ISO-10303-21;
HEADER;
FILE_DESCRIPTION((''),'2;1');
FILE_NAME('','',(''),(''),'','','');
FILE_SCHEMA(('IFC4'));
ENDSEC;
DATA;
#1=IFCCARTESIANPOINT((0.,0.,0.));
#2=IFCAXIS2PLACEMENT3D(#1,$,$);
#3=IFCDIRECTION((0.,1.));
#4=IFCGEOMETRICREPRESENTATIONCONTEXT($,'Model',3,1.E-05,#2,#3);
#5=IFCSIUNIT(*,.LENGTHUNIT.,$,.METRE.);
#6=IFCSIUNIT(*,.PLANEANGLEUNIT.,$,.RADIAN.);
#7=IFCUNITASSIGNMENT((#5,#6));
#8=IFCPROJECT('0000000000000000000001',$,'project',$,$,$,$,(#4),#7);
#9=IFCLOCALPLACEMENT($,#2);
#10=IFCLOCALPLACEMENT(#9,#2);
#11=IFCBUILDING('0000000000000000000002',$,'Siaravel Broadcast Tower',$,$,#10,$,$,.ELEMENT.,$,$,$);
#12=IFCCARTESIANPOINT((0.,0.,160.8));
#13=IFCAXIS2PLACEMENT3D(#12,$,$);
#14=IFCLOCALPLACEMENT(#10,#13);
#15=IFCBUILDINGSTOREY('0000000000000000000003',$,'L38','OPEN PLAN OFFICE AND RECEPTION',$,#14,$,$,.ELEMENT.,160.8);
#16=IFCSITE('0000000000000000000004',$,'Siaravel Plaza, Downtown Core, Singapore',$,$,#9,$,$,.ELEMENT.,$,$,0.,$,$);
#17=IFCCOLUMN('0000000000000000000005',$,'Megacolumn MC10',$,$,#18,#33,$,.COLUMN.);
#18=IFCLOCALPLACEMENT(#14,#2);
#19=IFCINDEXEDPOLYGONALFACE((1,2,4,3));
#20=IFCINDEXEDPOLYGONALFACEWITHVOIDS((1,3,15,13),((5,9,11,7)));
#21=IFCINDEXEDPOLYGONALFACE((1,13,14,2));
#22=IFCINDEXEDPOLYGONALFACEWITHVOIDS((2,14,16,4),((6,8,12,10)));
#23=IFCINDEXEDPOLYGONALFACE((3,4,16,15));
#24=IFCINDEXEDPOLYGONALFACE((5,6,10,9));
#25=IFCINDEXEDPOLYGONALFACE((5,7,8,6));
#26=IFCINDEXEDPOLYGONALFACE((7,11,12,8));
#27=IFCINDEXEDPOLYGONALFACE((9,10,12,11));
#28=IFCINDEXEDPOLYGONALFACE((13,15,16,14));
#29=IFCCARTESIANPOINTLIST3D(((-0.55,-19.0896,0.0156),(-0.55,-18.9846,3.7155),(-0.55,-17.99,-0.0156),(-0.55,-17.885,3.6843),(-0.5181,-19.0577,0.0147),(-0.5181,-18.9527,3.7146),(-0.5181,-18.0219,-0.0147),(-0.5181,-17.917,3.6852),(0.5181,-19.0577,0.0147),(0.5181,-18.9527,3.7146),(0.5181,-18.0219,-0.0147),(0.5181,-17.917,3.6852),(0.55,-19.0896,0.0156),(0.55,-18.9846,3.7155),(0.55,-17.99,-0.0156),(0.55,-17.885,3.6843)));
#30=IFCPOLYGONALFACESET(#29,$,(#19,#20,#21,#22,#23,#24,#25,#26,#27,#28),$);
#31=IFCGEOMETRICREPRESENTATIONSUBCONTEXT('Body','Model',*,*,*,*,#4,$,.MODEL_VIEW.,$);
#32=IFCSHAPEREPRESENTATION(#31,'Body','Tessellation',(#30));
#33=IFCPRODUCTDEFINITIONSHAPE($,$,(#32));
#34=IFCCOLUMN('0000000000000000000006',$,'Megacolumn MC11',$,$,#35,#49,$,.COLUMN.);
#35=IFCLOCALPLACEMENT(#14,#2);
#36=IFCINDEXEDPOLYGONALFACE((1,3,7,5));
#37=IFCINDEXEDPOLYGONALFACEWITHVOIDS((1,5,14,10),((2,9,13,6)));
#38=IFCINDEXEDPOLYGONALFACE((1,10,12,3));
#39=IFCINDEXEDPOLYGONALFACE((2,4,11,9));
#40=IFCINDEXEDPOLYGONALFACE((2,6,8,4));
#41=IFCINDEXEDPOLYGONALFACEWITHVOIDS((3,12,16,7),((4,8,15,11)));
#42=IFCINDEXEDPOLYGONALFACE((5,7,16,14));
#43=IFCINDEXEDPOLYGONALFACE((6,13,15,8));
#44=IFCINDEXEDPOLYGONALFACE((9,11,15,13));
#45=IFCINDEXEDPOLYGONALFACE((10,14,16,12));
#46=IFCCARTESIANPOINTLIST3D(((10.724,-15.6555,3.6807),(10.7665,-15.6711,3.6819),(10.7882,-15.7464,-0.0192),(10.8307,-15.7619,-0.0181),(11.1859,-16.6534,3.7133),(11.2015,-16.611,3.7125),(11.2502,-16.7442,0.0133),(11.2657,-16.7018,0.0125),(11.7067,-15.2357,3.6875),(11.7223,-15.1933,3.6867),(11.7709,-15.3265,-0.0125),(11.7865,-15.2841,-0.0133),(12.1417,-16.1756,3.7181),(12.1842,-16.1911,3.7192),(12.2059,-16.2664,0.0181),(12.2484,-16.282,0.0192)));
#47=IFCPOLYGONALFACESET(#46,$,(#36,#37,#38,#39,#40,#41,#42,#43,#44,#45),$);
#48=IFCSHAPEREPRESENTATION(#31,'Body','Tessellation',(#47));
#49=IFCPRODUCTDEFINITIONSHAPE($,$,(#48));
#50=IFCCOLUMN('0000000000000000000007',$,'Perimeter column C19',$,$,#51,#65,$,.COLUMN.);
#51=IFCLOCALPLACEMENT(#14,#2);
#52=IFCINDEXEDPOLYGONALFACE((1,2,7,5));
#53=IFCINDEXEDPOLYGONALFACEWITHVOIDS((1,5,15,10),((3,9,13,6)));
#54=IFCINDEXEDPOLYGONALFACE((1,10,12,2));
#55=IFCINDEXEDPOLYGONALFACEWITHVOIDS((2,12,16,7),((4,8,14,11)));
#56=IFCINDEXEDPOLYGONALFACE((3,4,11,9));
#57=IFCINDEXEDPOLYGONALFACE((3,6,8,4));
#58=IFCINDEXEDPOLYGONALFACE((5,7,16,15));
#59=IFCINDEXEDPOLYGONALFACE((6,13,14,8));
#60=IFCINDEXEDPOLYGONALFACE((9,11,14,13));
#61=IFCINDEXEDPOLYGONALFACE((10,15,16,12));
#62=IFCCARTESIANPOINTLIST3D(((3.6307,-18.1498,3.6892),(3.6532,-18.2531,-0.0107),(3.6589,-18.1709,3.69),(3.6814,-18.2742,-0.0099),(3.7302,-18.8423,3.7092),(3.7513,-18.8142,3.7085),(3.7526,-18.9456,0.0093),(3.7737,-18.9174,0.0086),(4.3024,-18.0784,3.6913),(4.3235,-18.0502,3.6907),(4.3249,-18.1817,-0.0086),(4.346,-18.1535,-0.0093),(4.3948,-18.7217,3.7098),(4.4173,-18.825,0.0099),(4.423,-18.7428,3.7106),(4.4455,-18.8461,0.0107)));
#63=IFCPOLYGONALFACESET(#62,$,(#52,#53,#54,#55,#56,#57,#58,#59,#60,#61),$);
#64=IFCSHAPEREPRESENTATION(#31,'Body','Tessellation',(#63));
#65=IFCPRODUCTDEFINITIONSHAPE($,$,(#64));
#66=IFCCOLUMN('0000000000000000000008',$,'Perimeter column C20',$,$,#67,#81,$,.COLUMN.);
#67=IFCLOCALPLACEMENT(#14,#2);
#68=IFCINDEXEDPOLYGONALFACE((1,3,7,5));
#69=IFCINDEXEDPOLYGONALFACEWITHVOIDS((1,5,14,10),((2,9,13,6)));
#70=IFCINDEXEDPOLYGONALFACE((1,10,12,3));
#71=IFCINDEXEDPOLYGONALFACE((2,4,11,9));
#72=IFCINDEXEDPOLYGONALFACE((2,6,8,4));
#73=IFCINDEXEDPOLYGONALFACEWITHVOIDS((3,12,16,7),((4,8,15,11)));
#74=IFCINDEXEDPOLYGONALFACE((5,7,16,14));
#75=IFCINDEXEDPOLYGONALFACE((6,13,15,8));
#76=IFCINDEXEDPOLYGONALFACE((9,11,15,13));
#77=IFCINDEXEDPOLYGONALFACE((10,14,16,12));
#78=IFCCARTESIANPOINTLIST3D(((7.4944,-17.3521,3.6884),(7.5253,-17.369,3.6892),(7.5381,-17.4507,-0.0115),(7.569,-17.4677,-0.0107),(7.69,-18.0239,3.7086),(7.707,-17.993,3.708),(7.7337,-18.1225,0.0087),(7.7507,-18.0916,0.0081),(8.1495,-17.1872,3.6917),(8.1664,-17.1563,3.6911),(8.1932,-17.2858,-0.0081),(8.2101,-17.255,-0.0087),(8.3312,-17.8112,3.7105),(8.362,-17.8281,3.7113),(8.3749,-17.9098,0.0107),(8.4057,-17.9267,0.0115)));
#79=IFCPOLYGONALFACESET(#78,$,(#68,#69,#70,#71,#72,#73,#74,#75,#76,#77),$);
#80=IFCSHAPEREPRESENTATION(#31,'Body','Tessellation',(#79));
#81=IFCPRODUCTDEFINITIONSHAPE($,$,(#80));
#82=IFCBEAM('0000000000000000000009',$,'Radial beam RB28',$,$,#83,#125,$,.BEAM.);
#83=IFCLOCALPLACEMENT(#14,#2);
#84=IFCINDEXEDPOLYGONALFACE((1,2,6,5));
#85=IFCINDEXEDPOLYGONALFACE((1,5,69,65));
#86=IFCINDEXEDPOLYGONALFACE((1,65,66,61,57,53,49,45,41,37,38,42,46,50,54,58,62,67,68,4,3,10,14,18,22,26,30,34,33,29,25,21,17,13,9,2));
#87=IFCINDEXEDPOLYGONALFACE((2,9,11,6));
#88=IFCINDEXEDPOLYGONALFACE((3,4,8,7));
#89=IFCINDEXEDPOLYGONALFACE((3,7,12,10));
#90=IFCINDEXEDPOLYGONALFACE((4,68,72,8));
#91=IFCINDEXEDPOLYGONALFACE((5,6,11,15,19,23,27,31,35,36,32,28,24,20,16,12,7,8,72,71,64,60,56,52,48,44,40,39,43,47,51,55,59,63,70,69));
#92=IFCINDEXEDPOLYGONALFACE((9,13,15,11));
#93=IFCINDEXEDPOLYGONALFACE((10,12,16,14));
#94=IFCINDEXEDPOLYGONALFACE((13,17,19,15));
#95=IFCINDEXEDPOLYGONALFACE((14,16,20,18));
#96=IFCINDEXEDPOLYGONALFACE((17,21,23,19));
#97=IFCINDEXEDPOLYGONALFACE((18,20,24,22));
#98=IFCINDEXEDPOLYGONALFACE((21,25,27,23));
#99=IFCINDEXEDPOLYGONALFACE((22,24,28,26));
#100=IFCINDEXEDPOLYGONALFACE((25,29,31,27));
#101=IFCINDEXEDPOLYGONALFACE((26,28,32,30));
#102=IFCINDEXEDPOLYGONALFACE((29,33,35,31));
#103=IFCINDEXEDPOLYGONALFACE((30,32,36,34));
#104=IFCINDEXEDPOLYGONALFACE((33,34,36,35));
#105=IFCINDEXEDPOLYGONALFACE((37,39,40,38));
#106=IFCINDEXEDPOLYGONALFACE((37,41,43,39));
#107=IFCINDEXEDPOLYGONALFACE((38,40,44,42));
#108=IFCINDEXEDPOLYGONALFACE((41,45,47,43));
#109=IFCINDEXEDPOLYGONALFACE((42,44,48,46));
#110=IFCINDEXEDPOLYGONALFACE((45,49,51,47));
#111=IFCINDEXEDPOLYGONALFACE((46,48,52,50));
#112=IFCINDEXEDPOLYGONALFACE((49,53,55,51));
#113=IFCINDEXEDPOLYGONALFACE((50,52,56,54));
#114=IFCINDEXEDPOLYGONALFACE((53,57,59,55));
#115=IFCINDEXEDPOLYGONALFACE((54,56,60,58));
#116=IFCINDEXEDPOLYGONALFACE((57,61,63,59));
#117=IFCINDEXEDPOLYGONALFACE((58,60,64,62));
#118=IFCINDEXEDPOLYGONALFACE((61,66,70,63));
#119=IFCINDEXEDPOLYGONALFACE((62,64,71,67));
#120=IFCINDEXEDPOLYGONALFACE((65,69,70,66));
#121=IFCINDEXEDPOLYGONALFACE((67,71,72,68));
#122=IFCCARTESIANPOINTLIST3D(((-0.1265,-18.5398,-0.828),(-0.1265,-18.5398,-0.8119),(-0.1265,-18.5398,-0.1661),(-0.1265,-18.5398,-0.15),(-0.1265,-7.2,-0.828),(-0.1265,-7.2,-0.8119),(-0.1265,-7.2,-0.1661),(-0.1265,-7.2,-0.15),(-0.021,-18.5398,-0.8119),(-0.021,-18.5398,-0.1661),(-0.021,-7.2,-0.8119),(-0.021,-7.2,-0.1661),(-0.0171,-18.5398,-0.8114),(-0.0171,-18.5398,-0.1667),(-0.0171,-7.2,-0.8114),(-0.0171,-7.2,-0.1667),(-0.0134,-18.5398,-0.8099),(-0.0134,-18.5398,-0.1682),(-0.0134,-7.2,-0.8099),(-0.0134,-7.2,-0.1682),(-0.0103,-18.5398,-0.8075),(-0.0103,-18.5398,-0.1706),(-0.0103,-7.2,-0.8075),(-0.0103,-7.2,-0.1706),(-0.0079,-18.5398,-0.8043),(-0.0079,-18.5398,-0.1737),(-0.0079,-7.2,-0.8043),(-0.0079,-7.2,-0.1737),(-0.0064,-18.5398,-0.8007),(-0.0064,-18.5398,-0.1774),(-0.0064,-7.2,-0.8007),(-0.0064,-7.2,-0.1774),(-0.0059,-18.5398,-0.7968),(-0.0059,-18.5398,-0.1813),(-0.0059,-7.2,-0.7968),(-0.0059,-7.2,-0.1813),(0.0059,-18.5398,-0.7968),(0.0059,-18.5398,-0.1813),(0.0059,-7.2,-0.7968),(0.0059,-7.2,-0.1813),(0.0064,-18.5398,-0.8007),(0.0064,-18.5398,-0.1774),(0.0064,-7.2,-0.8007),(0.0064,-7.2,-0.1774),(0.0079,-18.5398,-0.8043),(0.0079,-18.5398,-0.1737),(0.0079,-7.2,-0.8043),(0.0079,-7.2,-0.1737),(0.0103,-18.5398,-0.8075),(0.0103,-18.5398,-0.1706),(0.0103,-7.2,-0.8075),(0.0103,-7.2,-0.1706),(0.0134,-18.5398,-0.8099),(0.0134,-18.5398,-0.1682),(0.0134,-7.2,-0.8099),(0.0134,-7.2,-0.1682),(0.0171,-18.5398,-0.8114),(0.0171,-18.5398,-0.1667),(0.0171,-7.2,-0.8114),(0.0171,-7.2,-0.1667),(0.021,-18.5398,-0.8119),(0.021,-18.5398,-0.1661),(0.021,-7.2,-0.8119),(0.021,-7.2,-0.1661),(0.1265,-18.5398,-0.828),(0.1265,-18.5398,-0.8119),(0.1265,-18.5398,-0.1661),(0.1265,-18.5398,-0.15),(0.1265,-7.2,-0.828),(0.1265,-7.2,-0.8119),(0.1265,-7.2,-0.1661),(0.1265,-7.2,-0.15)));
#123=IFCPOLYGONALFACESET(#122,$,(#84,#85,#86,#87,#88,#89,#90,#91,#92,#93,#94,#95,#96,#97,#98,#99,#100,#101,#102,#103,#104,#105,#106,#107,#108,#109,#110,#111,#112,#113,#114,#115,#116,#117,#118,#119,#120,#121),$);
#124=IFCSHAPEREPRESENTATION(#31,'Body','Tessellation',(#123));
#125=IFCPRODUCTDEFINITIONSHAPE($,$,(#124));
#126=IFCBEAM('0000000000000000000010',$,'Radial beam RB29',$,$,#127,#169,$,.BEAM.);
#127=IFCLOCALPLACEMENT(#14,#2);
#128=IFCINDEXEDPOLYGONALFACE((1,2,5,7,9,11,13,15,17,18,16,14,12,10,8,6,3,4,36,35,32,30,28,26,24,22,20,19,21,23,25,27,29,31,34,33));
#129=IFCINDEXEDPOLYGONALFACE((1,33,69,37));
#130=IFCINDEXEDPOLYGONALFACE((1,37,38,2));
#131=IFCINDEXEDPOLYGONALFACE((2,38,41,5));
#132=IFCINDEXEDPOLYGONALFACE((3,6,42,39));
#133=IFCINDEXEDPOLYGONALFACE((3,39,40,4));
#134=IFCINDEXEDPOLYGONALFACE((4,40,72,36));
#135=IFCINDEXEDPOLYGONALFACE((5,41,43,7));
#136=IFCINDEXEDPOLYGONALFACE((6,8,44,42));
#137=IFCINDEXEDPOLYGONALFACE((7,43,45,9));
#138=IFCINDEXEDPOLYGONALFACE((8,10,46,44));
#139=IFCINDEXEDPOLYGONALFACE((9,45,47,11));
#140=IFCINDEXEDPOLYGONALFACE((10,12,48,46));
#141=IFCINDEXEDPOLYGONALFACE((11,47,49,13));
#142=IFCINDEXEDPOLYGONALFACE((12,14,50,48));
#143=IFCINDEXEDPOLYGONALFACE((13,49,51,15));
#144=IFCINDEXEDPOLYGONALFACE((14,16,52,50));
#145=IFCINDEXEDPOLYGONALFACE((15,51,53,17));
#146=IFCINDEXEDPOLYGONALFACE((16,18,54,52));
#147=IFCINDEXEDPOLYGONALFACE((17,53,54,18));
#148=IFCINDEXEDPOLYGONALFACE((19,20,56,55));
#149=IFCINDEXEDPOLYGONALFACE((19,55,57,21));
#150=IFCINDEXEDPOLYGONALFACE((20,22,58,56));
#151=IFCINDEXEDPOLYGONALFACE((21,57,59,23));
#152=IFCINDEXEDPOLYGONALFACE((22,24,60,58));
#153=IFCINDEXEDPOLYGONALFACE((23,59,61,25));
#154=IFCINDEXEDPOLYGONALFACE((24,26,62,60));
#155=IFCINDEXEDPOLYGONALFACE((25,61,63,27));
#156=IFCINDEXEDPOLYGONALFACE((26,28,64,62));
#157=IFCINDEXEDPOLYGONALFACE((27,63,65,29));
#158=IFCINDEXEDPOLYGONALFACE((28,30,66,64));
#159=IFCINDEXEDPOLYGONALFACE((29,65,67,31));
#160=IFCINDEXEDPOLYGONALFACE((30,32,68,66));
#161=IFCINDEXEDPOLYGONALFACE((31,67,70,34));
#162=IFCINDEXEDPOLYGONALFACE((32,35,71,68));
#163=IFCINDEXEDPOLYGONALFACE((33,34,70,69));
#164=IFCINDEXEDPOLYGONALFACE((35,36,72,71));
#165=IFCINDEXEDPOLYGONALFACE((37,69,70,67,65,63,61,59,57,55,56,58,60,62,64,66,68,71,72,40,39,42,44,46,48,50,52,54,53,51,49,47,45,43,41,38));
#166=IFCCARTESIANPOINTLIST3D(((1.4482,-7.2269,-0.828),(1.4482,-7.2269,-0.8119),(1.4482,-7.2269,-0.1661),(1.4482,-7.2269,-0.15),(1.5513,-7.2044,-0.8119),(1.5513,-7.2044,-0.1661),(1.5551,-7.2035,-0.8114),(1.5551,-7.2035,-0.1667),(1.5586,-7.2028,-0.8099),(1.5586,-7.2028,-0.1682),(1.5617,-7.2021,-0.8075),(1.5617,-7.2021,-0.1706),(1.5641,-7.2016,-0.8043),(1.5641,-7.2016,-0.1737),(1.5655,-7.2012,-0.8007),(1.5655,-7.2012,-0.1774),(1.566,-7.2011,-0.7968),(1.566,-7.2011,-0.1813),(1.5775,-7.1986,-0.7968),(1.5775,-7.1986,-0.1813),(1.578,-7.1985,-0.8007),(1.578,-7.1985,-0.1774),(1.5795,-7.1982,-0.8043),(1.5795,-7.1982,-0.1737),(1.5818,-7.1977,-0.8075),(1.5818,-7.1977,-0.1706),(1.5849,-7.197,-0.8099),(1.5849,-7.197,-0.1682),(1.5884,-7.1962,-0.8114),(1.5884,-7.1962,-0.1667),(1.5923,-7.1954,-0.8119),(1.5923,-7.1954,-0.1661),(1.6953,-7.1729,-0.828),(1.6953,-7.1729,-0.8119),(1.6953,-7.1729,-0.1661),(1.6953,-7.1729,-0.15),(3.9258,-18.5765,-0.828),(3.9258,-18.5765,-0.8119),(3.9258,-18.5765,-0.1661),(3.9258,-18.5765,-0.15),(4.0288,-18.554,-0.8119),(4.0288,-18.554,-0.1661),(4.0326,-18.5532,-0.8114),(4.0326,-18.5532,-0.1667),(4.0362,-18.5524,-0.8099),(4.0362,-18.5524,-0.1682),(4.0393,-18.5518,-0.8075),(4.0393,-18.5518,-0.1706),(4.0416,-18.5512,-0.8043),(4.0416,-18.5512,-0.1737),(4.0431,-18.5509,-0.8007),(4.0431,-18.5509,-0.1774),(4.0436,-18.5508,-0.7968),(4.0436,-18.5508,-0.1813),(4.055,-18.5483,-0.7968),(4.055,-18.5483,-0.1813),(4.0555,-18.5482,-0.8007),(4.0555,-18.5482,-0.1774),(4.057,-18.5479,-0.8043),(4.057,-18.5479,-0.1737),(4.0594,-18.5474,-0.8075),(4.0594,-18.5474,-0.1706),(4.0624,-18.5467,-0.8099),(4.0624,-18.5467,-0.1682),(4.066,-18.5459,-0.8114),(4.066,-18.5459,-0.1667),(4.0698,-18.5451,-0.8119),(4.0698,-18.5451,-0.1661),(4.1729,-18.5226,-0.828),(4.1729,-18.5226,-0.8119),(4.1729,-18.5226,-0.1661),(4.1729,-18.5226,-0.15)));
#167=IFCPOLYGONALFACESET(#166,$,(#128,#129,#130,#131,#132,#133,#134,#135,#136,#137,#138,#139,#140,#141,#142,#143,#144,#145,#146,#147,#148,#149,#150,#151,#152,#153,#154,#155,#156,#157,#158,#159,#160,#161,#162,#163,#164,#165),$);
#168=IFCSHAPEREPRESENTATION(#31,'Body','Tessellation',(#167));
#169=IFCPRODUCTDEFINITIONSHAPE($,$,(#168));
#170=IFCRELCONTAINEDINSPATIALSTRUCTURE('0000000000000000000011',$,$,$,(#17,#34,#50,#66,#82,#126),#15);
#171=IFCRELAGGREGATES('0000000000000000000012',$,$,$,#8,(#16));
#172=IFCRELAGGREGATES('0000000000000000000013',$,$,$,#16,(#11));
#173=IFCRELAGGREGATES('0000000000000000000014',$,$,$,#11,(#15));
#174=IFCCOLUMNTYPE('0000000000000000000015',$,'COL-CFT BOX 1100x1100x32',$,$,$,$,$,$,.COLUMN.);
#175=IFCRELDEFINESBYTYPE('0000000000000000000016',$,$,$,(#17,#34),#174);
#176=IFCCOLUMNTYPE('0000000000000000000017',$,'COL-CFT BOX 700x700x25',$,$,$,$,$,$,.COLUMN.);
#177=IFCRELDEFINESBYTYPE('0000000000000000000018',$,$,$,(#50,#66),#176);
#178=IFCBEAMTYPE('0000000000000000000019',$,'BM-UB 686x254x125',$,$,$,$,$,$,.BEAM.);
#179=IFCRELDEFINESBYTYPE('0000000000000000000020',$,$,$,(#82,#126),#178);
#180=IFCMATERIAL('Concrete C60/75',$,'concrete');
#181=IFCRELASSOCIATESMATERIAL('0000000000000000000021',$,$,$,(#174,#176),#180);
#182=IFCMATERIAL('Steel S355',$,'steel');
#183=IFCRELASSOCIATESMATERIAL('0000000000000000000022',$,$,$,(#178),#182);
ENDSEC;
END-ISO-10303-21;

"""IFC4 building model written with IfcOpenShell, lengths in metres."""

from ifc_helpers import new_model, si_unit, direction, frame, origin, origin_2d, place, context, subcontext, project, spatial, hollow_rectangle, i_section, extrude, material, material_profile, profile_set, type_object, element, save


model = new_model("IFC4")

# Units and contexts
model_context = context("Model", 3, precision=1e-05, world=origin(), true_north=direction((0.0, 1.0)))
body_context = subcontext(model_context, "Body", "Model", "MODEL_VIEW")
ifc_project = project(units=[si_unit("LENGTHUNIT", "METRE"), si_unit("PLANEANGLEUNIT", "RADIAN")], contexts=[model_context])

# Site, building, storey
site_placement = place(None, origin())
site = spatial("IfcSite", under=ifc_project, at=site_placement, Name="Siaravel Plaza, Downtown Core, Singapore", CompositionType="ELEMENT", RefElevation=0.0)
building_placement = place(site_placement, origin())
building = spatial("IfcBuilding", under=site, at=building_placement, Name="Siaravel Broadcast Tower", CompositionType="ELEMENT")
storey_placement = place(building_placement, frame((0.0, 0.0, 160.8)))
storey = spatial("IfcBuildingStorey", under=building, at=storey_placement, Name="L38", Description="OPEN PLAN OFFICE AND RECEPTION", CompositionType="ELEMENT", Elevation=160.8)

# Columns
ifc_material_1 = material(Name="Concrete C60/75", Category="concrete")
ifc_material_profile_1 = material_profile(ifc_material_1, hollow_rectangle(XDim=1.1001, YDim=1.1001, WallThickness=0.032, at=origin_2d()))
ifc_profile_set_1 = profile_set([ifc_material_profile_1], Name="Concrete C60/75")
column_type_1 = type_object("IfcColumnType", Name="COL-CFT BOX 1100x1100x32", PredefinedType="COLUMN", material=ifc_profile_set_1)
column_1_placement = place(storey_placement, frame((0.0, -18.5398, 0.0), z_axis=(0.0, 0.028362, 0.999598), x_axis=(-1.0, 0.0, 0.0)))
element("IfcColumn", 1, at=column_1_placement, inside=storey, type_object=column_type_1, Name="Megacolumn MC10", PredefinedType="COLUMN", context=body_context, shape_type="SweptSolid", body=[
    extrude(hollow_rectangle(XDim=1.1001, YDim=1.1001, WallThickness=0.032, at=origin_2d()), origin(), (0.0, 0.0, 1.0), 3.7014),
])
column_2_placement = place(storey_placement, frame((11.5183, -16.0142, 0.0), z_axis=(-0.017346, 0.024535, 0.999548), x_axis=(-0.907409, -0.420214, -0.005432)))
element("IfcColumn", 2, at=column_2_placement, inside=storey, type_object=column_type_1, Name="Megacolumn MC11", PredefinedType="COLUMN", context=body_context, shape_type="SweptSolid", body=[
    extrude(hollow_rectangle(XDim=1.1001, YDim=1.1001, WallThickness=0.032, at=origin_2d()), origin(), (0.0, 0.0, 1.0), 3.7017),
])
ifc_material_profile_2 = material_profile(ifc_material_1, hollow_rectangle(XDim=0.7, YDim=0.7, WallThickness=0.0249, at=origin_2d()))
ifc_profile_set_2 = profile_set([ifc_material_profile_2], Name="Concrete C60/75")
column_type_2 = type_object("IfcColumnType", Name="COL-CFT BOX 700x700x25", PredefinedType="COLUMN", material=ifc_profile_set_2)
for number, where, z_axis, x_axis, name in (
    (3, (4.0493, -18.5496, 0.0), (-0.006068, 0.0279, 0.999592), (-0.989831, -0.142232, -0.002039), "Perimeter column C19"),
    (4, (7.9719, -17.6887, 0.0), (-0.011806, 0.026647, 0.999575), (-0.960087, -0.279674, -0.003884), "Perimeter column C20"),
):
    element("IfcColumn", number, at=place(storey_placement, frame(where, z_axis=z_axis, x_axis=x_axis)), inside=storey, type_object=column_type_2, Name=name, PredefinedType="COLUMN", context=body_context, shape_type="SweptSolid", body=[
        extrude(hollow_rectangle(XDim=0.7, YDim=0.7, WallThickness=0.0249, at=origin_2d()), origin(), (0.0, 0.0, 1.0), 3.7014),
    ])

# Beams
ifc_material_2 = material(Name="Steel S355", Category="steel")
ifc_material_profile_3 = material_profile(ifc_material_2, i_section(OverallWidth=0.2529, OverallDepth=0.678, WebThickness=0.0117, FlangeThickness=0.0161, FilletRadius=0.0151, at=origin_2d()))
ifc_profile_set_3 = profile_set([ifc_material_profile_3], Name="Steel S355")
beam_type = type_object("IfcBeamType", Name="BM-UB 686x254x125", PredefinedType="BEAM", material=ifc_profile_set_3)
beam_1_placement = place(storey_placement, frame((0.0, -18.5398, -0.489), z_axis=(0.0, 1.0, 0.0), x_axis=(-1.0, 0.0, 0.0)))
element("IfcBeam", 5, at=beam_1_placement, inside=storey, type_object=beam_type, Name="Radial beam RB28", PredefinedType="BEAM", context=body_context, shape_type="SweptSolid", body=[
    extrude(i_section(OverallWidth=0.2529, OverallDepth=0.678, WebThickness=0.0117, FlangeThickness=0.0161, FilletRadius=0.0151, at=origin_2d()), origin(), (0.0, 0.0, 1.0), 11.3398),
])
beam_2_placement = place(storey_placement, frame((4.0493, -18.5496, -0.489), z_axis=(-0.213271, 0.976993, 0.0), x_axis=(-0.976993, -0.213271, 0.0)))
element("IfcBeam", 6, at=beam_2_placement, inside=storey, type_object=beam_type, Name="Radial beam RB29", PredefinedType="BEAM", context=body_context, shape_type="SweptSolid", body=[
    extrude(i_section(OverallWidth=0.2529, OverallDepth=0.678, WebThickness=0.0117, FlangeThickness=0.0161, FilletRadius=0.0151, at=origin_2d()), origin(), (0.0, 0.0, 1.0), 11.6169),
])

save(model, "model.ifc")
